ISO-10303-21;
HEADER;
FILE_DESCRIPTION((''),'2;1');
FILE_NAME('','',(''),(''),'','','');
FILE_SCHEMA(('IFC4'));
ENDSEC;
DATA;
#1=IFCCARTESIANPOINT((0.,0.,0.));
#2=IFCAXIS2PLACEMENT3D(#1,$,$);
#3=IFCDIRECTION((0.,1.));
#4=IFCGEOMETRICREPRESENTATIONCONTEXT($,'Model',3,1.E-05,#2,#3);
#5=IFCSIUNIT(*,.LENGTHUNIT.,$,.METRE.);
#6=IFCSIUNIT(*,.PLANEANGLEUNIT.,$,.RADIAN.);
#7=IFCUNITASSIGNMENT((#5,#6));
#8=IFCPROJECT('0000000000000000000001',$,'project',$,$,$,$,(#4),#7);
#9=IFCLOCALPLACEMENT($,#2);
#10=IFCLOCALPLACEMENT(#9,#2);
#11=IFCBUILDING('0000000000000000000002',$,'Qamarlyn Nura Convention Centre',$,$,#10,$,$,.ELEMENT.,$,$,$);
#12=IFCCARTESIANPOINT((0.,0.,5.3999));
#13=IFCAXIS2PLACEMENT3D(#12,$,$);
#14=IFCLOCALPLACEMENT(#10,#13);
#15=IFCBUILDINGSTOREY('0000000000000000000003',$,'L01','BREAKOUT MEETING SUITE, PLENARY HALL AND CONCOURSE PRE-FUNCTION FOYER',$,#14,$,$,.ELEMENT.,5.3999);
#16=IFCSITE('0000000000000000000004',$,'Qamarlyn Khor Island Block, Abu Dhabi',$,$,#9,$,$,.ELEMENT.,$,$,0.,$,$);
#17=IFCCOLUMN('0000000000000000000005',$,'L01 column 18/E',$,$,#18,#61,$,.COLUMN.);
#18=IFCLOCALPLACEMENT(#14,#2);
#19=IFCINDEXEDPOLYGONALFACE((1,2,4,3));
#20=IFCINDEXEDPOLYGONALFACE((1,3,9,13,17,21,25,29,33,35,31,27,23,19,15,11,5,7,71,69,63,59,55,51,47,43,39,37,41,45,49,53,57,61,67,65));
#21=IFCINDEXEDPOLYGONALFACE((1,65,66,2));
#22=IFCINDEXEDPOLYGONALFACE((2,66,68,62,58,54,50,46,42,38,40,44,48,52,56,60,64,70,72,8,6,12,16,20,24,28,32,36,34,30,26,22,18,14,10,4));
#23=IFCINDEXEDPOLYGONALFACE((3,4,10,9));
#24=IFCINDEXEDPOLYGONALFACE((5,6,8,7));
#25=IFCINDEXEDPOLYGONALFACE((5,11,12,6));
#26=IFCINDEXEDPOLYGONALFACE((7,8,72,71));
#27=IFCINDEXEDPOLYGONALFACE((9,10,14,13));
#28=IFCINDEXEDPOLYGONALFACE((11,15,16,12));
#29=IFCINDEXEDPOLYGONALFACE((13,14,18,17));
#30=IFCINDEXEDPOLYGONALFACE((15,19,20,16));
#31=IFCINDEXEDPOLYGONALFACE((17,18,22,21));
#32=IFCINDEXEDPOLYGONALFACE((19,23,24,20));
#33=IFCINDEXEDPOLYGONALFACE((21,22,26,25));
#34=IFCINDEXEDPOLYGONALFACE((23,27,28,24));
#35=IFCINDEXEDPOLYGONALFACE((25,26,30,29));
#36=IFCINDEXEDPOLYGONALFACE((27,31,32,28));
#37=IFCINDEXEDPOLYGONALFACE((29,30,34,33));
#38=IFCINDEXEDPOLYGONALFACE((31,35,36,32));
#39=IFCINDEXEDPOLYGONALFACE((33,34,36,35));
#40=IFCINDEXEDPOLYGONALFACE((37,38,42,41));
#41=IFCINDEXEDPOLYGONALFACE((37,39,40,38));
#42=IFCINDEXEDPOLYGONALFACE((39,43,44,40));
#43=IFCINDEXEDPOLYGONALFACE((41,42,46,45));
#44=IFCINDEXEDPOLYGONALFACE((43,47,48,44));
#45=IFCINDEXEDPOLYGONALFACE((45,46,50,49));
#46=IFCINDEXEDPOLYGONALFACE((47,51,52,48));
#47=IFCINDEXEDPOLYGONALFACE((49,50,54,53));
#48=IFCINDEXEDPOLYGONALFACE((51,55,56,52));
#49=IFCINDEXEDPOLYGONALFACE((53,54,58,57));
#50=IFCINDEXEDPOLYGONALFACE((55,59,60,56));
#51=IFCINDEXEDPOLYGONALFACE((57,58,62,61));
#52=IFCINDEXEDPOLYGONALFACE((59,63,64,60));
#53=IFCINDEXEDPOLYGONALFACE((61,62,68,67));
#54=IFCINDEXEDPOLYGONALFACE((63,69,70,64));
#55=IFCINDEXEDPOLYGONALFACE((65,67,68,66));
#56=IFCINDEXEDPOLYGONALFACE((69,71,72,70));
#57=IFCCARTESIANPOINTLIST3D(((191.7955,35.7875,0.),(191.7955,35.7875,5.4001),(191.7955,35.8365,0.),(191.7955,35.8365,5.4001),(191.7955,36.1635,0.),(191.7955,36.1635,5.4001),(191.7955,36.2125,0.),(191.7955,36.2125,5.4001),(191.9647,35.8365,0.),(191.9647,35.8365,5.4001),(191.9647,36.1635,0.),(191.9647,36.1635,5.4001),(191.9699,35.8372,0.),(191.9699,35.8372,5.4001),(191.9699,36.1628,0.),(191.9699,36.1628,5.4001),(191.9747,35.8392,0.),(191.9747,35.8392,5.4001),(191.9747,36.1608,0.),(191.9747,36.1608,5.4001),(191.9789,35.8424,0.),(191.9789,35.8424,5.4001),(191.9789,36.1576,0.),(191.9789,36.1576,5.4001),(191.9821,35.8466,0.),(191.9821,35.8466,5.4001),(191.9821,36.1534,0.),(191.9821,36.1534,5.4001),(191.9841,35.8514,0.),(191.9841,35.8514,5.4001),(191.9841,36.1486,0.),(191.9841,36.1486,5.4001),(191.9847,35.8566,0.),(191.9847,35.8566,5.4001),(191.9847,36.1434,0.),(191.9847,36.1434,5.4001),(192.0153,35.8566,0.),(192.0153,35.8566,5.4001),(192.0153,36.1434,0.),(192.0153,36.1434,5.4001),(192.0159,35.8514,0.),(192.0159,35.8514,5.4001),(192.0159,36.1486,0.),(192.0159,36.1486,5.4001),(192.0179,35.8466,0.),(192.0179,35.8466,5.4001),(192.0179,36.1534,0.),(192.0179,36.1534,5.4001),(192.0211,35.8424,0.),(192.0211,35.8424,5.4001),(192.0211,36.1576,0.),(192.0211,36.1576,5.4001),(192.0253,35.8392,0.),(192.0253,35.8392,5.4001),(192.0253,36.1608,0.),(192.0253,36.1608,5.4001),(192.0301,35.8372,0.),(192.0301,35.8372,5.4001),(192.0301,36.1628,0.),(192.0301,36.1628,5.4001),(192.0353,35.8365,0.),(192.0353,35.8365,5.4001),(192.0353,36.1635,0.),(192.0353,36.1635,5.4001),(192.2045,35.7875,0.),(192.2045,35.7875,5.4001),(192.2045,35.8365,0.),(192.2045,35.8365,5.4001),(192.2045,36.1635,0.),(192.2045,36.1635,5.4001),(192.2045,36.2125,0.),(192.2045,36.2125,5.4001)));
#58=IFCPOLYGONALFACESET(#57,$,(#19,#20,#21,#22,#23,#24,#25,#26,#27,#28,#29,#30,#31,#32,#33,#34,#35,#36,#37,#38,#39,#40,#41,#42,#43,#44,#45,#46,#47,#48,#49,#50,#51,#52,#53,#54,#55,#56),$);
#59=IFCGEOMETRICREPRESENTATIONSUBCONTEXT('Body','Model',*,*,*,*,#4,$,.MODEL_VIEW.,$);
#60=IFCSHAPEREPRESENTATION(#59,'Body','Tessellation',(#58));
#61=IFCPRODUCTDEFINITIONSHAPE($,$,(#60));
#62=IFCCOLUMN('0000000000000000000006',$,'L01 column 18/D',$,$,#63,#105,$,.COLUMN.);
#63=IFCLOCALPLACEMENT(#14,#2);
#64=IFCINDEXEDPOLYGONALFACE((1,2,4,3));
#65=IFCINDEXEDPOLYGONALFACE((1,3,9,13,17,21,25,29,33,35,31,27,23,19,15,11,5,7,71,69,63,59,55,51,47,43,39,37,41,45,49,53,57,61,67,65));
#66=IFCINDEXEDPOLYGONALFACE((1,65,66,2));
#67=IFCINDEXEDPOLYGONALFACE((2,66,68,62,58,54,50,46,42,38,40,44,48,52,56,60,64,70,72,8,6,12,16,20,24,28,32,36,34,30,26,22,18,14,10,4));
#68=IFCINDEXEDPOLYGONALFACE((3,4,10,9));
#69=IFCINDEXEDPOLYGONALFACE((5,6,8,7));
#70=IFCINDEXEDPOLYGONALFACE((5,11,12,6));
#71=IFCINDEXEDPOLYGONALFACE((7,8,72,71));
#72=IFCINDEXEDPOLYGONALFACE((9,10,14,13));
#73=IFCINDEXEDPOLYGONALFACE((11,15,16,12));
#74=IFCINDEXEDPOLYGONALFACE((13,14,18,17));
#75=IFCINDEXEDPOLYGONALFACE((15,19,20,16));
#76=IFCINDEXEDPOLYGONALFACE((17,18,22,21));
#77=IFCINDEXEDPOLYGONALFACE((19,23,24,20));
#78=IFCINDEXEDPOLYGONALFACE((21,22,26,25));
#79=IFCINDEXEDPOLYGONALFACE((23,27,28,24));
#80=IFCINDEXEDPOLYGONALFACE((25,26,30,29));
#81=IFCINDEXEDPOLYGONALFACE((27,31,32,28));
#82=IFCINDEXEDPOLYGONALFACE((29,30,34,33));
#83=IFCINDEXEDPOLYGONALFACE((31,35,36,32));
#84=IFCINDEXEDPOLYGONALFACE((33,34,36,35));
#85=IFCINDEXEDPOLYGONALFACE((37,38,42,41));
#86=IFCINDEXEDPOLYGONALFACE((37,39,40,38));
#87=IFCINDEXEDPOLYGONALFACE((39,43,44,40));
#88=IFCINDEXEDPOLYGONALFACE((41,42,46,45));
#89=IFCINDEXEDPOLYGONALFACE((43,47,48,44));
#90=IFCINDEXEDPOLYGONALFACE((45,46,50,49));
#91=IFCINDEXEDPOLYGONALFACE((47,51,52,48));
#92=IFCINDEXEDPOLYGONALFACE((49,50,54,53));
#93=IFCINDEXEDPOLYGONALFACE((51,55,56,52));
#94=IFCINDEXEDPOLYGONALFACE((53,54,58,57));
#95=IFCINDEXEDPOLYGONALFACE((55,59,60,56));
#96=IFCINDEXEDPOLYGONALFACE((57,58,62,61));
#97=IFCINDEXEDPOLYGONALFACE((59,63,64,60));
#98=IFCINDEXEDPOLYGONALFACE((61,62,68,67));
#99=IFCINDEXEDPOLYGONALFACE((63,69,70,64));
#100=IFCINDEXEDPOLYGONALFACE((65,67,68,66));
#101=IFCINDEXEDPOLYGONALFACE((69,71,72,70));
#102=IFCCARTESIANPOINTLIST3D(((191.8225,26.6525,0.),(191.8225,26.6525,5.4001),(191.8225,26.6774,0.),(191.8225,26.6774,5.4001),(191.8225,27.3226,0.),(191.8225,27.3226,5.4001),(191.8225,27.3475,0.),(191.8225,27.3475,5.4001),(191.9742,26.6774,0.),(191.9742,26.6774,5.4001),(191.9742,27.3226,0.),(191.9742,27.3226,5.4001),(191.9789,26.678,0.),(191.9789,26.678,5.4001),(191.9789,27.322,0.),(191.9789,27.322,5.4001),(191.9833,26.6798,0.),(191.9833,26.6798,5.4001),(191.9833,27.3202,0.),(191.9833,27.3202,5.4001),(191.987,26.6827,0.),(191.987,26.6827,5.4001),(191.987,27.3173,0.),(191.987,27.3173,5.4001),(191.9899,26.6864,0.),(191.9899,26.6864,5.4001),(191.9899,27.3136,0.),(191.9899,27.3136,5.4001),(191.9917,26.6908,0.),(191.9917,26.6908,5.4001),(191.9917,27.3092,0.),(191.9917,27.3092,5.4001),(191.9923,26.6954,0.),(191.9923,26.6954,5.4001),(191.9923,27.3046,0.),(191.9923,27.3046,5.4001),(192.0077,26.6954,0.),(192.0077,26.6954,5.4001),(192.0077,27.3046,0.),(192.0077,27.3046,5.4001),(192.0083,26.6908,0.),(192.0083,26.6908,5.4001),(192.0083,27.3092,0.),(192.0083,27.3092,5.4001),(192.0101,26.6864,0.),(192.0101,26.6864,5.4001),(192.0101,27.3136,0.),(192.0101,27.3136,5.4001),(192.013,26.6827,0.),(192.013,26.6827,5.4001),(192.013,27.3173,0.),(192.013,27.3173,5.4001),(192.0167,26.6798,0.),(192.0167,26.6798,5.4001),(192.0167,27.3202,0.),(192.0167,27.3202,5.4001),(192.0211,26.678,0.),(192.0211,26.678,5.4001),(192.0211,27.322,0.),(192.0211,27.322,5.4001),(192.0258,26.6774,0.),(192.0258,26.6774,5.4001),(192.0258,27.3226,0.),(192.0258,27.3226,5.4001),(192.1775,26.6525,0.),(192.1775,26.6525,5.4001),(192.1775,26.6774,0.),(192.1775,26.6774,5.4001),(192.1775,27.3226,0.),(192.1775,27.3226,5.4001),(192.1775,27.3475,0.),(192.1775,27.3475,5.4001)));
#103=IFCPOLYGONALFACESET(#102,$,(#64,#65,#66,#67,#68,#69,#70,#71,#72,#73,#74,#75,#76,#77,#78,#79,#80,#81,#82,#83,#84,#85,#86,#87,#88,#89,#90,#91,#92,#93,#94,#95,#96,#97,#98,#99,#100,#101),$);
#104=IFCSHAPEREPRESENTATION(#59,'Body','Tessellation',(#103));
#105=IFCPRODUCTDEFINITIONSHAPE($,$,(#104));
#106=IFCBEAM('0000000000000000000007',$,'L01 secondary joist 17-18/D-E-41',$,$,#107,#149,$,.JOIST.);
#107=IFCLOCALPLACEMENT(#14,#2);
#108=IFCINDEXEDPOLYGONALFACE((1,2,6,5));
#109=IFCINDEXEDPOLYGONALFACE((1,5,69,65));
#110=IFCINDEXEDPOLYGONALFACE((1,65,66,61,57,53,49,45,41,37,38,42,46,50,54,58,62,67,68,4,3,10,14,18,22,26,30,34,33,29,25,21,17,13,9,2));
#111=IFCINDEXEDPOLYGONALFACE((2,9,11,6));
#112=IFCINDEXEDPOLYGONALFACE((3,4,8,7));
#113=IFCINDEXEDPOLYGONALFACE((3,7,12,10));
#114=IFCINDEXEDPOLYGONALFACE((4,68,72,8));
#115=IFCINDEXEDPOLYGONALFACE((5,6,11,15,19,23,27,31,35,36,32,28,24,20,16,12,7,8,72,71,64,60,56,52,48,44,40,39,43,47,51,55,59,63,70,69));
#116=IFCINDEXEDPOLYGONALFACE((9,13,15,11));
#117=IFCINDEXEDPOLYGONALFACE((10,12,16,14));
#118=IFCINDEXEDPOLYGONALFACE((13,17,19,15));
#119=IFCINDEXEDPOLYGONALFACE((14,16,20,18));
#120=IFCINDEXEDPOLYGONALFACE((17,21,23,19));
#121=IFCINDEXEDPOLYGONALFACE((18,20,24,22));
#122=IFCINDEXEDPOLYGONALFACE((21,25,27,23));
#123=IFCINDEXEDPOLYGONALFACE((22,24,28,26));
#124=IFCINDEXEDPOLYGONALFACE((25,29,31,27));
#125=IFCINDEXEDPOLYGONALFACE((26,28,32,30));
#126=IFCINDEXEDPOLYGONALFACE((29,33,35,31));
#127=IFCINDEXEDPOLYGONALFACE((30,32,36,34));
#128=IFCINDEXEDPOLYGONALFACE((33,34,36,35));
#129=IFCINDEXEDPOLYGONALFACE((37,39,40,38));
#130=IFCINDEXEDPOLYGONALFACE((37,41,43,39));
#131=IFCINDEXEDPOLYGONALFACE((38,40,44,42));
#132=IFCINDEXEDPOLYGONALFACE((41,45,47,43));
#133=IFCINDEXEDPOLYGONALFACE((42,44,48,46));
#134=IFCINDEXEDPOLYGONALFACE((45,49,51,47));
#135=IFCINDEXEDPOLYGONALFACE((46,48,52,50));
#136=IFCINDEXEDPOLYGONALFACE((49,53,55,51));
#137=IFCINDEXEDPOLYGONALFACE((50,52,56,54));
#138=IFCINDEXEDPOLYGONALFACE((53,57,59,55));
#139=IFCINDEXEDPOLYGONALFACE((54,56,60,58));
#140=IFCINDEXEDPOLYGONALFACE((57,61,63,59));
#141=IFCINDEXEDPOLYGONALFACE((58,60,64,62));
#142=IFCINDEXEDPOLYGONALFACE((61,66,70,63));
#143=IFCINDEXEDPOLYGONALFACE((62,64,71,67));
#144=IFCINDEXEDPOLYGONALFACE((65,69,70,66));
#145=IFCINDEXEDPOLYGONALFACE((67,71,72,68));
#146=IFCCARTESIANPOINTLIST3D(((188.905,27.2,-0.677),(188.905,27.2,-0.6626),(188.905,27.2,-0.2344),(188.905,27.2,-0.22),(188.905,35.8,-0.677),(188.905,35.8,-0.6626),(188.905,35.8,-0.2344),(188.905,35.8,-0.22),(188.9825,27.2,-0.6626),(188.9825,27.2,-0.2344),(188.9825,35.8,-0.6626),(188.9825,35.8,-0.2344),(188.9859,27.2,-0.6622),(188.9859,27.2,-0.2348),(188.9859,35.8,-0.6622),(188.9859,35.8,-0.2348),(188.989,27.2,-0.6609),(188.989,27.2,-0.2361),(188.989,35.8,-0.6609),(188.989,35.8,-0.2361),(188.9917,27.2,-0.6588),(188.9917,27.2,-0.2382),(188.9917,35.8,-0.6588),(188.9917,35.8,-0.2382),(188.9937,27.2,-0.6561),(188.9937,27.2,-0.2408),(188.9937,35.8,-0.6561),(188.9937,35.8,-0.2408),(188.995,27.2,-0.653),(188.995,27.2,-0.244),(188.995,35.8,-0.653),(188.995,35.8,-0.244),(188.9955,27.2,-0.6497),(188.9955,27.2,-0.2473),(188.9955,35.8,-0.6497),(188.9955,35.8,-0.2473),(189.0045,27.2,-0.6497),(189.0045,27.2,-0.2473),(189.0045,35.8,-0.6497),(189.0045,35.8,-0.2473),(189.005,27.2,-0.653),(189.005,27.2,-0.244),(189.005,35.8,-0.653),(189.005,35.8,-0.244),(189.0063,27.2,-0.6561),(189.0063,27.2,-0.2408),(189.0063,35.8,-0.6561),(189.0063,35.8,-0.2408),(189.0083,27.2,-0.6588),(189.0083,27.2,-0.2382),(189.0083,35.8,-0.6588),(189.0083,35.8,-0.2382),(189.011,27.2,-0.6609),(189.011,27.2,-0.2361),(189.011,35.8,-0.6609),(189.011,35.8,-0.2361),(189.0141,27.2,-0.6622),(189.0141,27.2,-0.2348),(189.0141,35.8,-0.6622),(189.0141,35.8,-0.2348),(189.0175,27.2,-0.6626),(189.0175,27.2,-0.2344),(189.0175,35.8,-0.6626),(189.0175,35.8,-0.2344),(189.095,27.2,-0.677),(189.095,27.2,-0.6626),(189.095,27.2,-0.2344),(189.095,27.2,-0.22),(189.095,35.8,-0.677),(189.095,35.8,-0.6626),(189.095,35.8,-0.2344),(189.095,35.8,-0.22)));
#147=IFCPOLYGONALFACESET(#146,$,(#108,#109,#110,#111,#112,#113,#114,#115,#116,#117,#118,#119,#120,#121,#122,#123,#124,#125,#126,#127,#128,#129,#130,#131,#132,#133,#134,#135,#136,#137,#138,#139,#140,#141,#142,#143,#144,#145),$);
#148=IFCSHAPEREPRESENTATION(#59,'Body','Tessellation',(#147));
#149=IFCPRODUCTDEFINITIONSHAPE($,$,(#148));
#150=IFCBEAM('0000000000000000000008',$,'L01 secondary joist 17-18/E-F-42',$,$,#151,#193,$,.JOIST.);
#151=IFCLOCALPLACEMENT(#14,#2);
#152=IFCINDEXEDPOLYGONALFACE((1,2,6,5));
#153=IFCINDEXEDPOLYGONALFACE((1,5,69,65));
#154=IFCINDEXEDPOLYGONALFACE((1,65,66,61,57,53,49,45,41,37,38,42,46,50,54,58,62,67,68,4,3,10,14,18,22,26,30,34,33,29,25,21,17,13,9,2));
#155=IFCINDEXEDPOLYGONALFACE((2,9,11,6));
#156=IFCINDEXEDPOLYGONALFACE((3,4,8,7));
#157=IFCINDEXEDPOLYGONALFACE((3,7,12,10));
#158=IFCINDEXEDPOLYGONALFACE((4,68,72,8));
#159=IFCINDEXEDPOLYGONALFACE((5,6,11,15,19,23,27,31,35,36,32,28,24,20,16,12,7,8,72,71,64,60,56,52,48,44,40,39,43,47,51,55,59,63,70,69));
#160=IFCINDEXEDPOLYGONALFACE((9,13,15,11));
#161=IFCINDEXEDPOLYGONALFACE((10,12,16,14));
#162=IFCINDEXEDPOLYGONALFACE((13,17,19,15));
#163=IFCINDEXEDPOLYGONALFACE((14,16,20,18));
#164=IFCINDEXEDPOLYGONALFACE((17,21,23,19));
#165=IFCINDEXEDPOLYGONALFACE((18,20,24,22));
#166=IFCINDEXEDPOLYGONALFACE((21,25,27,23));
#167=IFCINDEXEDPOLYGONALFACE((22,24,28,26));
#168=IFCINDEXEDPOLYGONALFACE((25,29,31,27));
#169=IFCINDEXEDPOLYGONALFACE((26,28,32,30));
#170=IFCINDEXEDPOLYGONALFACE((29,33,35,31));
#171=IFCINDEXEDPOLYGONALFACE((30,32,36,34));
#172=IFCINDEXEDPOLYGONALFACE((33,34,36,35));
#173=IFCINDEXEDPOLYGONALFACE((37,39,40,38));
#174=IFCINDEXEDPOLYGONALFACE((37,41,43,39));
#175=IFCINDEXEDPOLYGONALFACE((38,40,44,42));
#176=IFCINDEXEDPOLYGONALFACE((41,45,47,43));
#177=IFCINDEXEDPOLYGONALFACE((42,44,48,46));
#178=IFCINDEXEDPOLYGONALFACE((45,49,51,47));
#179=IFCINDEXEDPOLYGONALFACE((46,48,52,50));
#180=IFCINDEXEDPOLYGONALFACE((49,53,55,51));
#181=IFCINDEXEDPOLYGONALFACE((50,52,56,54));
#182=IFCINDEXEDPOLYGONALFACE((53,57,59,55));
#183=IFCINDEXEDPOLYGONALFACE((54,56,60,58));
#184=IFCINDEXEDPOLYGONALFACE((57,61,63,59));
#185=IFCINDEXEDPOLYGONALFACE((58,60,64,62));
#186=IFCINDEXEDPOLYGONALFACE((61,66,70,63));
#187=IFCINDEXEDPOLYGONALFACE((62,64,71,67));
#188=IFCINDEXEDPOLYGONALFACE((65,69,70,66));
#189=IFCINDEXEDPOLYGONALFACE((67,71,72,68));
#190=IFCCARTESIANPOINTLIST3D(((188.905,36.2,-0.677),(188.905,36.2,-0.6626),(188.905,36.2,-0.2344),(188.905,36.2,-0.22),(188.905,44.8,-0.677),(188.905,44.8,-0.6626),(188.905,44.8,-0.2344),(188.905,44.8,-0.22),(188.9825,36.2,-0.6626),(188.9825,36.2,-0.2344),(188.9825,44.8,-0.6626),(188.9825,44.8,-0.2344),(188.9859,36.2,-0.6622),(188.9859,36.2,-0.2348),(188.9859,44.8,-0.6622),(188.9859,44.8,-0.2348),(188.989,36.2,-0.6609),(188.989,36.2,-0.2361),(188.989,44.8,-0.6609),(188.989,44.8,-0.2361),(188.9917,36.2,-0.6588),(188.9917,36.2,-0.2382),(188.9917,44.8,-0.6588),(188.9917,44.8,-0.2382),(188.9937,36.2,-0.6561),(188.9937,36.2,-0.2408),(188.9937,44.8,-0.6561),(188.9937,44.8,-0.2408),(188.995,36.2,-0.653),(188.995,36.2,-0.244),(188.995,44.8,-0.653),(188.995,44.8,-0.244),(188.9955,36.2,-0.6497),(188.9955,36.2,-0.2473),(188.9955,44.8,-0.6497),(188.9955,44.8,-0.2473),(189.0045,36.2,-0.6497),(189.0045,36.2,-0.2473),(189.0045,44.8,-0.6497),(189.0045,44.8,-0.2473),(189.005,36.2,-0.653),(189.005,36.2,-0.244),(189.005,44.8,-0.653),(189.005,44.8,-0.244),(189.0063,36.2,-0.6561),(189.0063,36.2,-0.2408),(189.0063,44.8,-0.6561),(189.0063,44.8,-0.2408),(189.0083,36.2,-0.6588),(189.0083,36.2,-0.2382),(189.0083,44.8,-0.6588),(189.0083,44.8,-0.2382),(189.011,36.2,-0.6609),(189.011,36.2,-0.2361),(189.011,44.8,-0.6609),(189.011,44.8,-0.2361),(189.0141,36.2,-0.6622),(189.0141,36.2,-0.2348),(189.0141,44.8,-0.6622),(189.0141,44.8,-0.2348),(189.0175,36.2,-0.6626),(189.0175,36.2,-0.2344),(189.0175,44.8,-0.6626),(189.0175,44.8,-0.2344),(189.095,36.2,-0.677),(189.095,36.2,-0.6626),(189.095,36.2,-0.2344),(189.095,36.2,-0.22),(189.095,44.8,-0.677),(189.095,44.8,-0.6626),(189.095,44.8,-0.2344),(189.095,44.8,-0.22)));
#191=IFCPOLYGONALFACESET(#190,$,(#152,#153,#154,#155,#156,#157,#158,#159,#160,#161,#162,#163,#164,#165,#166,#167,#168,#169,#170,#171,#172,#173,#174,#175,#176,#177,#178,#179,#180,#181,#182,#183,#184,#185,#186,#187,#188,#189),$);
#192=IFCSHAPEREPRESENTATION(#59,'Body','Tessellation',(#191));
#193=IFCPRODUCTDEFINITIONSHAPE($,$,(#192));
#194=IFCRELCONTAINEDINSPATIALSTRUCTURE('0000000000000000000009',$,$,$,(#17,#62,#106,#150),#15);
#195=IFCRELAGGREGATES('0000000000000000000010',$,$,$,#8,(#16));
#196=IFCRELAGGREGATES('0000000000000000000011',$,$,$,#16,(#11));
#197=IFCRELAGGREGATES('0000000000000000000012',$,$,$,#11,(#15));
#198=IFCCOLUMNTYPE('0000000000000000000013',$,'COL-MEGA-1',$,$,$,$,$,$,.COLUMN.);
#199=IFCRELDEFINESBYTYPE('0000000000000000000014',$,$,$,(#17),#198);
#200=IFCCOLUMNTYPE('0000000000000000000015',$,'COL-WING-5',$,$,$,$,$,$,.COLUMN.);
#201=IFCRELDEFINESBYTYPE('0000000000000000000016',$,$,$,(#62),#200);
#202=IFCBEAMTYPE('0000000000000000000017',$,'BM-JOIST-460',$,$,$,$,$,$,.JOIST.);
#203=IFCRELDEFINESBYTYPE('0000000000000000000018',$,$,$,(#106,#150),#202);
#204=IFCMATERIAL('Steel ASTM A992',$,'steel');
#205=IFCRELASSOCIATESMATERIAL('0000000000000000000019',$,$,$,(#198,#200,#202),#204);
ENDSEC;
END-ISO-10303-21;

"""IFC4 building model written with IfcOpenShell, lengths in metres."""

from ifc_helpers import new_model, si_unit, direction, frame, origin, origin_2d, place, context, subcontext, project, spatial, i_section, extrude, material, material_profile, profile_set, type_object, element, save


model = new_model("IFC4")

# Units and contexts
model_context = context("Model", 3, precision=1e-05, world=origin(), true_north=direction((0.0, 1.0)))
body_context = subcontext(model_context, "Body", "Model", "MODEL_VIEW")
ifc_project = project(units=[si_unit("LENGTHUNIT", "METRE"), si_unit("PLANEANGLEUNIT", "RADIAN")], contexts=[model_context])

# Site, building, storey
site_placement = place(None, origin())
site = spatial("IfcSite", under=ifc_project, at=site_placement, Name="Qamarlyn Khor Island Block, Abu Dhabi", CompositionType="ELEMENT", RefElevation=0.0)
building_placement = place(site_placement, origin())
building = spatial("IfcBuilding", under=site, at=building_placement, Name="Qamarlyn Nura Convention Centre", CompositionType="ELEMENT")
storey_placement = place(building_placement, frame((0.0, 0.0, 5.3999)))
storey = spatial("IfcBuildingStorey", under=building, at=storey_placement, Name="L01", Description="BREAKOUT MEETING SUITE, PLENARY HALL AND CONCOURSE PRE-FUNCTION FOYER", CompositionType="ELEMENT", Elevation=5.3999)

# Columns
ifc_material_1 = material(Name="Steel ASTM A992", Category="steel")
ifc_material_profile_1 = material_profile(ifc_material_1, i_section(OverallWidth=0.4089, OverallDepth=0.425, WebThickness=0.0305, FlangeThickness=0.0491, FilletRadius=0.02, at=origin_2d()), Name="W360X421")
ifc_profile_set_1 = profile_set([ifc_material_profile_1], Name="Steel ASTM A992")
column_type_1 = type_object("IfcColumnType", Name="COL-MEGA-1", PredefinedType="COLUMN", material=ifc_profile_set_1)
column_1_placement = place(storey_placement, frame((192.0, 36.0, 0.0), z_axis=(0.0, 0.0, 1.0), x_axis=(1.0, 0.0, 0.0)))
element("IfcColumn", 1, at=column_1_placement, inside=storey, type_object=column_type_1, Name="L01 column 18/E", PredefinedType="COLUMN", context=body_context, shape_type="SweptSolid", body=[
    extrude(i_section(OverallWidth=0.4089, OverallDepth=0.425, WebThickness=0.0305, FlangeThickness=0.0491, FilletRadius=0.02, at=origin_2d()), origin(), (0.0, 0.0, 1.0), 5.4001),
])
ifc_material_profile_2 = material_profile(ifc_material_1, i_section(OverallWidth=0.355, OverallDepth=0.6951, WebThickness=0.0154, FlangeThickness=0.0249, FilletRadius=0.0181, at=origin_2d()), Name="W690X217")
ifc_profile_set_2 = profile_set([ifc_material_profile_2], Name="Steel ASTM A992")
column_type_2 = type_object("IfcColumnType", Name="COL-WING-5", PredefinedType="COLUMN", material=ifc_profile_set_2)
column_2_placement = place(storey_placement, frame((192.0, 27.0, 0.0), z_axis=(0.0, 0.0, 1.0), x_axis=(1.0, 0.0, 0.0)))
element("IfcColumn", 2, at=column_2_placement, inside=storey, type_object=column_type_2, Name="L01 column 18/D", PredefinedType="COLUMN", context=body_context, shape_type="SweptSolid", body=[
    extrude(i_section(OverallWidth=0.355, OverallDepth=0.6951, WebThickness=0.0154, FlangeThickness=0.0249, FilletRadius=0.0181, at=origin_2d()), origin(), (0.0, 0.0, 1.0), 5.4001),
])

# Beams
ifc_material_profile_3 = material_profile(ifc_material_1, i_section(OverallWidth=0.1899, OverallDepth=0.457, WebThickness=0.009, FlangeThickness=0.0144, FilletRadius=0.0129, at=origin_2d()), Name="W460X74")
ifc_profile_set_3 = profile_set([ifc_material_profile_3], Name="Steel ASTM A992")
beam_type_1 = type_object("IfcBeamType", Name="BM-JOIST-460", PredefinedType="JOIST", material=ifc_profile_set_3)
for number, where, z_axis, x_axis, name in (
    (3, (189.0, 27.2, -0.4485), (0.0, 1.0, 0.0), (-1.0, 0.0, 0.0), "L01 secondary joist 17-18/D-E-41"),
    (4, (189.0, 36.2, -0.4485), (0.0, 1.0, 0.0), (-1.0, 0.0, 0.0), "L01 secondary joist 17-18/E-F-42"),
):
    element("IfcBeam", number, at=place(storey_placement, frame(where, z_axis=z_axis, x_axis=x_axis)), inside=storey, type_object=beam_type_1, Name=name, PredefinedType="JOIST", context=body_context, shape_type="SweptSolid", body=[
        extrude(i_section(OverallWidth=0.1899, OverallDepth=0.457, WebThickness=0.009, FlangeThickness=0.0144, FilletRadius=0.0129, at=origin_2d()), origin(), (0.0, 0.0, 1.0), 8.6001),
    ])

save(model, "model.ifc")
